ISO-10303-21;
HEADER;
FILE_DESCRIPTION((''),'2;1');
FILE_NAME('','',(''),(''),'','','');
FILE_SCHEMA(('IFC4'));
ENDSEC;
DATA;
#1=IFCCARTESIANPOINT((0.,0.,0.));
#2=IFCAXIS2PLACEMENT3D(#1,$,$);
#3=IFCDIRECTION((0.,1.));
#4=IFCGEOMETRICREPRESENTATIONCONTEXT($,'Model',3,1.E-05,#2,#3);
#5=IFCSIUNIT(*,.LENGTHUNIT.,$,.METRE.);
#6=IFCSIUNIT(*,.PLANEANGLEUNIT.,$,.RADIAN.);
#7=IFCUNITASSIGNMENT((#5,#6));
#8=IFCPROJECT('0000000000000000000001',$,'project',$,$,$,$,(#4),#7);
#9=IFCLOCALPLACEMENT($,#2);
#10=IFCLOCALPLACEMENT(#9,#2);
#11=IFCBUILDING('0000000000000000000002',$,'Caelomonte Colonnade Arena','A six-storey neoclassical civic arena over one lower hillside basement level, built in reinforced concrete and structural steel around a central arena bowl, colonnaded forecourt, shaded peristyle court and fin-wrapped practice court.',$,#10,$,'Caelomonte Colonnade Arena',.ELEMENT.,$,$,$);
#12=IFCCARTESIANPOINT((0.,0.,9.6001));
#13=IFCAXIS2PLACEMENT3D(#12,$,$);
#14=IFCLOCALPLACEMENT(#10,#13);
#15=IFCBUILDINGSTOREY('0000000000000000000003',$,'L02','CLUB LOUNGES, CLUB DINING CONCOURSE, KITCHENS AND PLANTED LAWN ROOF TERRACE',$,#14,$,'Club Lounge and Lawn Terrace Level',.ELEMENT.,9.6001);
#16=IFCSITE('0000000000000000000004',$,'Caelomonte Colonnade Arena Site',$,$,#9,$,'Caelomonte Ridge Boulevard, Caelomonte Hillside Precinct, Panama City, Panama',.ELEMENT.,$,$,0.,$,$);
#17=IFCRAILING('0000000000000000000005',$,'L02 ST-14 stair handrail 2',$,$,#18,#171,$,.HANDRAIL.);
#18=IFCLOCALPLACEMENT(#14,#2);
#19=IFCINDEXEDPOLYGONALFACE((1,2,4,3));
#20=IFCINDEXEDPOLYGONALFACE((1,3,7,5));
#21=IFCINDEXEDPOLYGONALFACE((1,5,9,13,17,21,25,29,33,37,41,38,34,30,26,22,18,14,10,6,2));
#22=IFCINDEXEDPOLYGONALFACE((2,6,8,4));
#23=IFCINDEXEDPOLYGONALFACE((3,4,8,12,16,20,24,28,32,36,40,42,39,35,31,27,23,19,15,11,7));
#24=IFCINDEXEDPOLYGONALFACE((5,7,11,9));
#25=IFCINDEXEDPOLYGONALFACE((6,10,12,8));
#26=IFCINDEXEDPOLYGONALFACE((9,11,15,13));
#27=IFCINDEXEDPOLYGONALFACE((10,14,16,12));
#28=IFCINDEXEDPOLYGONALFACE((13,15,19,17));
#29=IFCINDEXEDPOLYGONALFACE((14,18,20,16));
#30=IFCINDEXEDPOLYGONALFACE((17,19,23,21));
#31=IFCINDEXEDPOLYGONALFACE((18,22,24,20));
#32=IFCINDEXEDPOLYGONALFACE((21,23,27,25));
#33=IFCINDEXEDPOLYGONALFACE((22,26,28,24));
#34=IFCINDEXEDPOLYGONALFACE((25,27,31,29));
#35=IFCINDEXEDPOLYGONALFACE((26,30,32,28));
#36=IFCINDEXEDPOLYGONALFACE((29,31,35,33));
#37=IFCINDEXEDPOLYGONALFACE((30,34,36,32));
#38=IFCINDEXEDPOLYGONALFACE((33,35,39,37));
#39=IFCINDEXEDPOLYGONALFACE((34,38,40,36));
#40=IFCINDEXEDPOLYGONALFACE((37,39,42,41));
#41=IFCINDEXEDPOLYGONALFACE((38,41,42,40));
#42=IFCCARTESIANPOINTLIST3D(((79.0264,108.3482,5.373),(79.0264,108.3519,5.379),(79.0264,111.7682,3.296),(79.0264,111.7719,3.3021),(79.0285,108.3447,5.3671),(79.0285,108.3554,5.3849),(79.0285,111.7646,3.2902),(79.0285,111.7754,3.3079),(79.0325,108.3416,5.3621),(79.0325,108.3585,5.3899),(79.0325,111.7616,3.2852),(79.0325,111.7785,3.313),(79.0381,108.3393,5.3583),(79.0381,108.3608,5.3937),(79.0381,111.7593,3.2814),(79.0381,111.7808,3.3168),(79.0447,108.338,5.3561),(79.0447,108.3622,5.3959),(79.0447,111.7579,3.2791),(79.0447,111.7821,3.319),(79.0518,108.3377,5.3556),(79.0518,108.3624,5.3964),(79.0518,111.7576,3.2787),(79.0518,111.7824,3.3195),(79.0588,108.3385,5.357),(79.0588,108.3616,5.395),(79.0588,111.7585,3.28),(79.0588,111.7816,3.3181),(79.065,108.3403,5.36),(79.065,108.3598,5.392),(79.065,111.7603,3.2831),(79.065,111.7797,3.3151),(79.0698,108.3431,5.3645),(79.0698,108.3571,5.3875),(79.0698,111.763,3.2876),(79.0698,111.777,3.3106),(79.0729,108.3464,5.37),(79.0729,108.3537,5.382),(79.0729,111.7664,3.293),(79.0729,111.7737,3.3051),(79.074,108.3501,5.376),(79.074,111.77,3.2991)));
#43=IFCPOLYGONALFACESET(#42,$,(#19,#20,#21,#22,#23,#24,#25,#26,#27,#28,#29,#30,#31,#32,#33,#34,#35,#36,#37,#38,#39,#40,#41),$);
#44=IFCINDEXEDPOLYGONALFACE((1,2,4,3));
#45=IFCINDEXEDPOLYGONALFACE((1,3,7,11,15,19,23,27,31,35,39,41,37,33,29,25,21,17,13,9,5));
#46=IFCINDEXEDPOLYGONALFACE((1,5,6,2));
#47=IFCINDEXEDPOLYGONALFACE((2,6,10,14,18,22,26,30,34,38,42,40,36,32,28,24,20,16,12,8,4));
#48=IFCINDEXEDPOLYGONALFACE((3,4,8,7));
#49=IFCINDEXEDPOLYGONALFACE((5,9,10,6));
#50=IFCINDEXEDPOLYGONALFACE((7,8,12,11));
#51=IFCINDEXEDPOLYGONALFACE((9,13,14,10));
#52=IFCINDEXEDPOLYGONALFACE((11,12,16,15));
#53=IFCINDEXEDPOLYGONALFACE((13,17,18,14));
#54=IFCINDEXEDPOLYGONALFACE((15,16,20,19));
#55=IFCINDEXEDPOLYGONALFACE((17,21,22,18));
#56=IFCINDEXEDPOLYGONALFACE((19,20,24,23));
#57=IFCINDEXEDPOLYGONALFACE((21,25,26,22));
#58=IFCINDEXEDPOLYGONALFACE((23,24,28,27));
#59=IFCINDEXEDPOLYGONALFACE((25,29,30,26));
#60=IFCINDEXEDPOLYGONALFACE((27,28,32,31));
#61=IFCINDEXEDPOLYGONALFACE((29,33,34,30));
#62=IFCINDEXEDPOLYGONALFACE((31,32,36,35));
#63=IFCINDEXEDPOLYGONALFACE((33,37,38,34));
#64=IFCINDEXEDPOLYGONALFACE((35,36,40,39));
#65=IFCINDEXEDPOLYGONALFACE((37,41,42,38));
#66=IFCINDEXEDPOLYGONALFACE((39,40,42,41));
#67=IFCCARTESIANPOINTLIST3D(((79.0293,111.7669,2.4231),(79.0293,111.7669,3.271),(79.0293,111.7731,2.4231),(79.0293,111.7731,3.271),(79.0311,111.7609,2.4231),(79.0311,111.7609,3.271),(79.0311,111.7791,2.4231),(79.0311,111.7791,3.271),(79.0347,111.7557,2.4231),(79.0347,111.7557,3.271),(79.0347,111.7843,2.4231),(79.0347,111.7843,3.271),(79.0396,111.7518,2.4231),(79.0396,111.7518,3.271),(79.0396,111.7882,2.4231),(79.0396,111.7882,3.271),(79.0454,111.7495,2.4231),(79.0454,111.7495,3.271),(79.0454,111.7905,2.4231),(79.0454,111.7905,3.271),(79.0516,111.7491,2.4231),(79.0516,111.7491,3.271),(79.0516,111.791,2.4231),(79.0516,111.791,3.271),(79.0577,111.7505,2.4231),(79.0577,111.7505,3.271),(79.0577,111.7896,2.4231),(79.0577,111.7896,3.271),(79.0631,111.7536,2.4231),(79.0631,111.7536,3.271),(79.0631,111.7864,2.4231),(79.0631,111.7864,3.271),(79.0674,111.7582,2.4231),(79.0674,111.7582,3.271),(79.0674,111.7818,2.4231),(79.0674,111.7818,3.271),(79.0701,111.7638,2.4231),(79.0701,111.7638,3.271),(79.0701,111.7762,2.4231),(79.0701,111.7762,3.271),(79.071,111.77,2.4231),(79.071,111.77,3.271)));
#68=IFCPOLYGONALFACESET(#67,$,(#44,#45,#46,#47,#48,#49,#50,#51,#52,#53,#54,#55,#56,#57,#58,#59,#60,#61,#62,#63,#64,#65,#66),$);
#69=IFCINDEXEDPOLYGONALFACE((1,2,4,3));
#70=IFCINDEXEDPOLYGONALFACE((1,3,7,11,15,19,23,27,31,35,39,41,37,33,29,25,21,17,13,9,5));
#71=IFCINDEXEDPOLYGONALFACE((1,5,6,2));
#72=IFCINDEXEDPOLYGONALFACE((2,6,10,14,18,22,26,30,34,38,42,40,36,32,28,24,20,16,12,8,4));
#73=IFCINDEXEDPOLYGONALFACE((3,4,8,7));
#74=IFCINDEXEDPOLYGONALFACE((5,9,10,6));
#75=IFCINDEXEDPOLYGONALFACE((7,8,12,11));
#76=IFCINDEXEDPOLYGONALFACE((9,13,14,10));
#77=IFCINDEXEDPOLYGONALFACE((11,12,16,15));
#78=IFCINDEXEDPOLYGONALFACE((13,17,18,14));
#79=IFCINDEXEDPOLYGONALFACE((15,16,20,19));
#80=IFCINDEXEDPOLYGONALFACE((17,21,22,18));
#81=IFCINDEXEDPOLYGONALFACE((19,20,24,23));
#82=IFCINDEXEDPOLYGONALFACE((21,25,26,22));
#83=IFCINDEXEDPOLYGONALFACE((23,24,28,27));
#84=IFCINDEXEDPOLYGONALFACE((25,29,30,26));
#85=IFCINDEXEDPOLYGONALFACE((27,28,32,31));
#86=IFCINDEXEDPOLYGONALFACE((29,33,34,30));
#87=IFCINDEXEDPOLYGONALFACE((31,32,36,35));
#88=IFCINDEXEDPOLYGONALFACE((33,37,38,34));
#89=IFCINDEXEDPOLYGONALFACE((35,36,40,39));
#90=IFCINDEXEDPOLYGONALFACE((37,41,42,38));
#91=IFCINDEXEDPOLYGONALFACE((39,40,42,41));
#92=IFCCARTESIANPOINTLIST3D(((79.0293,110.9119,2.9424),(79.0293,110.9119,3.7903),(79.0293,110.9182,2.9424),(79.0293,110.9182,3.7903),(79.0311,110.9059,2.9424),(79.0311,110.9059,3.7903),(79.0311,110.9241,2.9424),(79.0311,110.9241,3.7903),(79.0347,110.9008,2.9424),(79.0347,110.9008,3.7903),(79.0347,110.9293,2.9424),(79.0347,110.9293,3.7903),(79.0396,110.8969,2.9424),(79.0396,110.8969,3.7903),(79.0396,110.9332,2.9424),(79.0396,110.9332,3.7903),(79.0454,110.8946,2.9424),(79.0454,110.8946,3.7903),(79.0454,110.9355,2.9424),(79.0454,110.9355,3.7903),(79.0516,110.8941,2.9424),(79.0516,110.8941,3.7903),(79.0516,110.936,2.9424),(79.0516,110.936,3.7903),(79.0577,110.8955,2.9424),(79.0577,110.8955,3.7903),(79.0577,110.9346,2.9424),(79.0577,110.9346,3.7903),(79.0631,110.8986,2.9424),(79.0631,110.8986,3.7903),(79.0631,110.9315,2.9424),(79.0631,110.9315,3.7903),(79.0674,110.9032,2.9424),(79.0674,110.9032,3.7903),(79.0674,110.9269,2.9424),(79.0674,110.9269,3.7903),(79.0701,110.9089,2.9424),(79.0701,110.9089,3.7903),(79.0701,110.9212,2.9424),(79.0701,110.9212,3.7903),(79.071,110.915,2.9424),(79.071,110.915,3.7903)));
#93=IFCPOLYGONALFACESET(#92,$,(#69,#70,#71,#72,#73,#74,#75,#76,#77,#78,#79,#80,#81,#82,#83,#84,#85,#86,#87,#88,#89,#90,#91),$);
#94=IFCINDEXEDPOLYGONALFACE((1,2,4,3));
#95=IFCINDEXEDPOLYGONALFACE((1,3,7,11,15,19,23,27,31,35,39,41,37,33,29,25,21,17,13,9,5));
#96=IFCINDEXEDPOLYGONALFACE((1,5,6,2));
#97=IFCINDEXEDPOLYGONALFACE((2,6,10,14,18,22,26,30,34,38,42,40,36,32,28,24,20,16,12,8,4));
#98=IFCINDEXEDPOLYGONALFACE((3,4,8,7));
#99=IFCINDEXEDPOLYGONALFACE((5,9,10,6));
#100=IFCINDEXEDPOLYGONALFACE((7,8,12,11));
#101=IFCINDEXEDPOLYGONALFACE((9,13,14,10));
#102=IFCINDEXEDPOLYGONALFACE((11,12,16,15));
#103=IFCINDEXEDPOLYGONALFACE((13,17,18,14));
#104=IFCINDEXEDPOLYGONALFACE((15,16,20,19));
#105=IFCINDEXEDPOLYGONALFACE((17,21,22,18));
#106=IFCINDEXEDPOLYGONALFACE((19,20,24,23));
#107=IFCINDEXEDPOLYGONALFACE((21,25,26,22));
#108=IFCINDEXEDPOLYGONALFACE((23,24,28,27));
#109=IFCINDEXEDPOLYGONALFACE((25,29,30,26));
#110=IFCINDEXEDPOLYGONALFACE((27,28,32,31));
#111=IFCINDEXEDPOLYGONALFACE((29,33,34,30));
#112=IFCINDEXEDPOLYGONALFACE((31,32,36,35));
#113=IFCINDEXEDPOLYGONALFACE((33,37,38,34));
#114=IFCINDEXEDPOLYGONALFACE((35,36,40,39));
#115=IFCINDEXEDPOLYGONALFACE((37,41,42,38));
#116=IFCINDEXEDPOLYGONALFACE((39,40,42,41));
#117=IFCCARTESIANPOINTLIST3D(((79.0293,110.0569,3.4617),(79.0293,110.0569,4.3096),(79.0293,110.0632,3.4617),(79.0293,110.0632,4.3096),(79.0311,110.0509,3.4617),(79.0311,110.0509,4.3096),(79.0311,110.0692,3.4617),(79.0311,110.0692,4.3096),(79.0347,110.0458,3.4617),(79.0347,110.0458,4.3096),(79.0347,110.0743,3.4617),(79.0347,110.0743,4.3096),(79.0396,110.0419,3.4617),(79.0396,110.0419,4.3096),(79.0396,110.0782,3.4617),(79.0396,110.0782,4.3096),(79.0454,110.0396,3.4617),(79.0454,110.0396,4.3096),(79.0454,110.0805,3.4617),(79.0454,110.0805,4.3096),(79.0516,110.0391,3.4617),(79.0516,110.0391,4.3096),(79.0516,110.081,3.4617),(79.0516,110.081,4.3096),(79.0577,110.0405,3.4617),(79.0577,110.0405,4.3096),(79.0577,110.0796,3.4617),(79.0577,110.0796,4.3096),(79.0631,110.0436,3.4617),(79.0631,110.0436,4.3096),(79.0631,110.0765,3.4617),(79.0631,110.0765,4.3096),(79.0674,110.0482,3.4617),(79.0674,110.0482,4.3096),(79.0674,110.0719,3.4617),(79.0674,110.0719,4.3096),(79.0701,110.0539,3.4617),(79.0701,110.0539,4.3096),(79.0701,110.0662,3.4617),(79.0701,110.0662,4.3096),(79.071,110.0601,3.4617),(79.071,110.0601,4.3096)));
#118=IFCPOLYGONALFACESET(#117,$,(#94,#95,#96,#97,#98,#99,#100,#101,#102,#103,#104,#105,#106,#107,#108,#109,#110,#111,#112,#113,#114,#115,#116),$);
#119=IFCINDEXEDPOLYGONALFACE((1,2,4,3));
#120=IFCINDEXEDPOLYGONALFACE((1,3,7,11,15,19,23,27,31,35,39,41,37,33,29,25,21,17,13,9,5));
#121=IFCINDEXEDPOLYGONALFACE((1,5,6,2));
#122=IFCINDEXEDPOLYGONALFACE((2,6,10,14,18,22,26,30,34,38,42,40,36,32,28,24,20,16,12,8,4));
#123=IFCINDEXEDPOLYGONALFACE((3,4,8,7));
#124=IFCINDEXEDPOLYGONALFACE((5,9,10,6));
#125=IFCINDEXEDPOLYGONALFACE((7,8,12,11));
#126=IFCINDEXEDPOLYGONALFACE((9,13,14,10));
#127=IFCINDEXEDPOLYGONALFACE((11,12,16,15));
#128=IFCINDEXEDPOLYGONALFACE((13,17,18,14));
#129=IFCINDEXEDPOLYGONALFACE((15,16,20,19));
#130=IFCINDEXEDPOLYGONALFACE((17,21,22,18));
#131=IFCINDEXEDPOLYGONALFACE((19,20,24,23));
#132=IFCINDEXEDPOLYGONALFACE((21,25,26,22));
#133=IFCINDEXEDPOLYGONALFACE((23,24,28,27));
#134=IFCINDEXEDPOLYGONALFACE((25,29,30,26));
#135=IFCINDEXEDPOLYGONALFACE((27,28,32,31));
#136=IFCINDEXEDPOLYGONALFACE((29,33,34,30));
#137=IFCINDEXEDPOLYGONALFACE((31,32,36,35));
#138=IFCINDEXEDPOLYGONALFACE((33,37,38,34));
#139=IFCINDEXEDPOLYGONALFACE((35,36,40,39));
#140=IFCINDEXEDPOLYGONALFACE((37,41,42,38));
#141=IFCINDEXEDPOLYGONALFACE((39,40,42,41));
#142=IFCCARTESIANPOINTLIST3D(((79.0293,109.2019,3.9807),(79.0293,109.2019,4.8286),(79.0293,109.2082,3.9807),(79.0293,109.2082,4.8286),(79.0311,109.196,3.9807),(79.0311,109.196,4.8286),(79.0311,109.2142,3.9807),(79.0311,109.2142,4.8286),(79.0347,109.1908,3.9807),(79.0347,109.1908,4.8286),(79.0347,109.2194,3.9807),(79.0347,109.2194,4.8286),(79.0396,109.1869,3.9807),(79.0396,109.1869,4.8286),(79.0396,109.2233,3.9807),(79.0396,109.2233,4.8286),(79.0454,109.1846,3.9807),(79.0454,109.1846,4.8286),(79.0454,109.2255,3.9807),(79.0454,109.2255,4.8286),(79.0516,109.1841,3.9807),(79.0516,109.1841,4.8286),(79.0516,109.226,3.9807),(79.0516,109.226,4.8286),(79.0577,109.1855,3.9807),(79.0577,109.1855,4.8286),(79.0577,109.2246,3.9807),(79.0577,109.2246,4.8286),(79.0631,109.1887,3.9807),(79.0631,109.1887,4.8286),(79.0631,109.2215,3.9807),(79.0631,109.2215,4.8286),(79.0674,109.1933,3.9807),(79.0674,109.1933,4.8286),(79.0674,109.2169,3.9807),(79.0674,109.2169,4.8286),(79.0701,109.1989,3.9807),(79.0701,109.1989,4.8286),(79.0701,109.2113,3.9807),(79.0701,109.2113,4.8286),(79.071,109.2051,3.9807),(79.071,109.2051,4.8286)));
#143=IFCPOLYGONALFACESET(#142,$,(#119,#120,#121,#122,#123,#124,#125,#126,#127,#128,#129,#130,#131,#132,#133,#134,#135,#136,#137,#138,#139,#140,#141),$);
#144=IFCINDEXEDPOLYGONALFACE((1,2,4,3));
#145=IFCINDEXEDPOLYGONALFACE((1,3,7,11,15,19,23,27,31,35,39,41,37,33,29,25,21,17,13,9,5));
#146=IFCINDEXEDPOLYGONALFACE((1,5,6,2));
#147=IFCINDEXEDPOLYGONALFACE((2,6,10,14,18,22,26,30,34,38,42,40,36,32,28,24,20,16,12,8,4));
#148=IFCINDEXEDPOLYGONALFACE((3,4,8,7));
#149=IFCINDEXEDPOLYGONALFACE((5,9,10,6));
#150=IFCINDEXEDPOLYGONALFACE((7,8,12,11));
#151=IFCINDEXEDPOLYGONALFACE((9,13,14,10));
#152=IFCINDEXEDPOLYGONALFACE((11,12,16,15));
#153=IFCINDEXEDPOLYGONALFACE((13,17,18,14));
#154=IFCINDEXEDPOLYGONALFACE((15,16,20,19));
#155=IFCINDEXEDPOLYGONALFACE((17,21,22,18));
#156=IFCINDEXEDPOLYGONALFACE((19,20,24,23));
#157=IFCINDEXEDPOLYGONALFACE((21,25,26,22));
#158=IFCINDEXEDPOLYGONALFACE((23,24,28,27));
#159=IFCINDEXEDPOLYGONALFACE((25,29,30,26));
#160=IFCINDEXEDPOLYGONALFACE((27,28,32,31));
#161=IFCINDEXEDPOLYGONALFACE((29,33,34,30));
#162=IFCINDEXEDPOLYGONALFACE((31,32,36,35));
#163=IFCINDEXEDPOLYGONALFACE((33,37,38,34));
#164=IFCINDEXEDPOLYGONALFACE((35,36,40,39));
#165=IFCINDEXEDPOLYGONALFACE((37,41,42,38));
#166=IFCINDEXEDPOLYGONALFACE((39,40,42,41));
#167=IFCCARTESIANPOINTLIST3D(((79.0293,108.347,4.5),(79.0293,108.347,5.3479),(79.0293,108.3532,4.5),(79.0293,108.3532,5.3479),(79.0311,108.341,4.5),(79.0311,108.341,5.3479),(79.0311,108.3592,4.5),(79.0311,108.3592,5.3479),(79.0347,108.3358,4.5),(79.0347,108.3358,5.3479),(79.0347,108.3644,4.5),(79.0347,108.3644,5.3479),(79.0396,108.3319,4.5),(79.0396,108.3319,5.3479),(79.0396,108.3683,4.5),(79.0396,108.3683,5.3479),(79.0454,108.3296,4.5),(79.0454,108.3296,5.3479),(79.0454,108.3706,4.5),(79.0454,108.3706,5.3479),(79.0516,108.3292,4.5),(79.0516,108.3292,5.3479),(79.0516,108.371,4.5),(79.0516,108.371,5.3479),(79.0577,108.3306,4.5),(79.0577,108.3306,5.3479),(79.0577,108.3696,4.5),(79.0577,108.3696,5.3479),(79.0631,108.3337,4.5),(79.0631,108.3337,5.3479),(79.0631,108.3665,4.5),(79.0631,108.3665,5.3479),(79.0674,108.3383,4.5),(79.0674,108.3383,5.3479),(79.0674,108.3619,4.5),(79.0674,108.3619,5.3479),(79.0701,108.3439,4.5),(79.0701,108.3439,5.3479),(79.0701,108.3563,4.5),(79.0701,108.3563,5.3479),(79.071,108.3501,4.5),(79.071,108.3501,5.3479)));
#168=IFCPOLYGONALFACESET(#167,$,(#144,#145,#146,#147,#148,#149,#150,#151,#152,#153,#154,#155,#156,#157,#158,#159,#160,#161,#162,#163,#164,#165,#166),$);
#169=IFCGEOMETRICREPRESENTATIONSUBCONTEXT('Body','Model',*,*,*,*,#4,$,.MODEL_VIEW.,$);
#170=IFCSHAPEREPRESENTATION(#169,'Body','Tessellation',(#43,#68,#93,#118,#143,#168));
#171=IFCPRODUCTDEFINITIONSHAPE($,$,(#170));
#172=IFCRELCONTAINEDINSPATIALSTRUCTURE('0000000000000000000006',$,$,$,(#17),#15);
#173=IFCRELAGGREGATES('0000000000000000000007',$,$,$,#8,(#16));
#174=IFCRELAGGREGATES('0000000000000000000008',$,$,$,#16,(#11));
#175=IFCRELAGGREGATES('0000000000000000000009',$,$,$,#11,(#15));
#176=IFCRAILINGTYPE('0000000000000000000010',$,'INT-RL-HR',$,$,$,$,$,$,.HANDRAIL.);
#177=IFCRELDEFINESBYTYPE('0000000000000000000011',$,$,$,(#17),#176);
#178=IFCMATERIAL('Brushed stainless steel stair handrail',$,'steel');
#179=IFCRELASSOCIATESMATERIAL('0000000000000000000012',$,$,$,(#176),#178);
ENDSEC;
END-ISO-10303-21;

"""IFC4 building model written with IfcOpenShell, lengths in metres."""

from ifc_helpers import new_model, si_unit, direction, frame, origin, origin_2d, place, context, subcontext, project, spatial, circle, extrude, material, type_object, element, save


model = new_model("IFC4")

# Units and contexts
model_context = context("Model", 3, precision=1e-05, world=origin(), true_north=direction((0.0, 1.0)))
body_context = subcontext(model_context, "Body", "Model", "MODEL_VIEW")
ifc_project = project(units=[si_unit("LENGTHUNIT", "METRE"), si_unit("PLANEANGLEUNIT", "RADIAN")], contexts=[model_context])

# Site, building, storey
site_placement = place(None, origin())
site = spatial("IfcSite", under=ifc_project, at=site_placement, Name="Caelomonte Colonnade Arena Site", LongName="Caelomonte Ridge Boulevard, Caelomonte Hillside Precinct, Panama City, Panama", CompositionType="ELEMENT", RefElevation=0.0)
building_placement = place(site_placement, origin())
building = spatial("IfcBuilding", under=site, at=building_placement, Name="Caelomonte Colonnade Arena", Description="A six-storey neoclassical civic arena over one lower hillside basement level, built in reinforced concrete and structural steel around a central arena bowl, colonnaded forecourt, shaded peristyle court and fin-wrapped practice court.", LongName="Caelomonte Colonnade Arena", CompositionType="ELEMENT")
storey_placement = place(building_placement, frame((0.0, 0.0, 9.6001)))
storey = spatial("IfcBuildingStorey", under=building, at=storey_placement, Name="L02", Description="CLUB LOUNGES, CLUB DINING CONCOURSE, KITCHENS AND PLANTED LAWN ROOF TERRACE", LongName="Club Lounge and Lawn Terrace Level", CompositionType="ELEMENT", Elevation=9.6001)

# Railing
ifc_material_1 = material(Name="Brushed stainless steel stair handrail", Category="steel")
railing_type_1 = type_object("IfcRailingType", Name="INT-RL-HR", PredefinedType="HANDRAIL", material=ifc_material_1)
railing_1_placement = place(storey_placement, frame((79.05, 111.77, 2.4231)))
element("IfcRailing", 1, at=railing_1_placement, inside=storey, type_object=railing_type_1, Name="L02 ST-14 stair handrail 2", PredefinedType="HANDRAIL", context=body_context, shape_type="SweptSolid", body=[
    extrude(circle(Radius=0.0239, at=origin_2d()), frame((0.0, 0.0, 0.876), z_axis=(0.0, -0.85473, 0.519074), x_axis=(1.0, 0.0, 0.0)), (0.0, 0.0, 1.0), 4.0012),
    extrude(circle(Radius=0.021, at=origin_2d()), origin(), (0.0, 0.0, 1.0), 0.8479),
    extrude(circle(Radius=0.021, at=origin_2d()), frame((0.0, -0.855, 0.5193)), (0.0, 0.0, 1.0), 0.8479),
    extrude(circle(Radius=0.021, at=origin_2d()), frame((0.0, -1.71, 1.0386)), (0.0, 0.0, 1.0), 0.8479),
    extrude(circle(Radius=0.021, at=origin_2d()), frame((0.0, -2.5649, 1.5576)), (0.0, 0.0, 1.0), 0.8479),
    extrude(circle(Radius=0.021, at=origin_2d()), frame((0.0, -3.4199, 2.0769)), (0.0, 0.0, 1.0), 0.8479),
])

save(model, "model.ifc")
